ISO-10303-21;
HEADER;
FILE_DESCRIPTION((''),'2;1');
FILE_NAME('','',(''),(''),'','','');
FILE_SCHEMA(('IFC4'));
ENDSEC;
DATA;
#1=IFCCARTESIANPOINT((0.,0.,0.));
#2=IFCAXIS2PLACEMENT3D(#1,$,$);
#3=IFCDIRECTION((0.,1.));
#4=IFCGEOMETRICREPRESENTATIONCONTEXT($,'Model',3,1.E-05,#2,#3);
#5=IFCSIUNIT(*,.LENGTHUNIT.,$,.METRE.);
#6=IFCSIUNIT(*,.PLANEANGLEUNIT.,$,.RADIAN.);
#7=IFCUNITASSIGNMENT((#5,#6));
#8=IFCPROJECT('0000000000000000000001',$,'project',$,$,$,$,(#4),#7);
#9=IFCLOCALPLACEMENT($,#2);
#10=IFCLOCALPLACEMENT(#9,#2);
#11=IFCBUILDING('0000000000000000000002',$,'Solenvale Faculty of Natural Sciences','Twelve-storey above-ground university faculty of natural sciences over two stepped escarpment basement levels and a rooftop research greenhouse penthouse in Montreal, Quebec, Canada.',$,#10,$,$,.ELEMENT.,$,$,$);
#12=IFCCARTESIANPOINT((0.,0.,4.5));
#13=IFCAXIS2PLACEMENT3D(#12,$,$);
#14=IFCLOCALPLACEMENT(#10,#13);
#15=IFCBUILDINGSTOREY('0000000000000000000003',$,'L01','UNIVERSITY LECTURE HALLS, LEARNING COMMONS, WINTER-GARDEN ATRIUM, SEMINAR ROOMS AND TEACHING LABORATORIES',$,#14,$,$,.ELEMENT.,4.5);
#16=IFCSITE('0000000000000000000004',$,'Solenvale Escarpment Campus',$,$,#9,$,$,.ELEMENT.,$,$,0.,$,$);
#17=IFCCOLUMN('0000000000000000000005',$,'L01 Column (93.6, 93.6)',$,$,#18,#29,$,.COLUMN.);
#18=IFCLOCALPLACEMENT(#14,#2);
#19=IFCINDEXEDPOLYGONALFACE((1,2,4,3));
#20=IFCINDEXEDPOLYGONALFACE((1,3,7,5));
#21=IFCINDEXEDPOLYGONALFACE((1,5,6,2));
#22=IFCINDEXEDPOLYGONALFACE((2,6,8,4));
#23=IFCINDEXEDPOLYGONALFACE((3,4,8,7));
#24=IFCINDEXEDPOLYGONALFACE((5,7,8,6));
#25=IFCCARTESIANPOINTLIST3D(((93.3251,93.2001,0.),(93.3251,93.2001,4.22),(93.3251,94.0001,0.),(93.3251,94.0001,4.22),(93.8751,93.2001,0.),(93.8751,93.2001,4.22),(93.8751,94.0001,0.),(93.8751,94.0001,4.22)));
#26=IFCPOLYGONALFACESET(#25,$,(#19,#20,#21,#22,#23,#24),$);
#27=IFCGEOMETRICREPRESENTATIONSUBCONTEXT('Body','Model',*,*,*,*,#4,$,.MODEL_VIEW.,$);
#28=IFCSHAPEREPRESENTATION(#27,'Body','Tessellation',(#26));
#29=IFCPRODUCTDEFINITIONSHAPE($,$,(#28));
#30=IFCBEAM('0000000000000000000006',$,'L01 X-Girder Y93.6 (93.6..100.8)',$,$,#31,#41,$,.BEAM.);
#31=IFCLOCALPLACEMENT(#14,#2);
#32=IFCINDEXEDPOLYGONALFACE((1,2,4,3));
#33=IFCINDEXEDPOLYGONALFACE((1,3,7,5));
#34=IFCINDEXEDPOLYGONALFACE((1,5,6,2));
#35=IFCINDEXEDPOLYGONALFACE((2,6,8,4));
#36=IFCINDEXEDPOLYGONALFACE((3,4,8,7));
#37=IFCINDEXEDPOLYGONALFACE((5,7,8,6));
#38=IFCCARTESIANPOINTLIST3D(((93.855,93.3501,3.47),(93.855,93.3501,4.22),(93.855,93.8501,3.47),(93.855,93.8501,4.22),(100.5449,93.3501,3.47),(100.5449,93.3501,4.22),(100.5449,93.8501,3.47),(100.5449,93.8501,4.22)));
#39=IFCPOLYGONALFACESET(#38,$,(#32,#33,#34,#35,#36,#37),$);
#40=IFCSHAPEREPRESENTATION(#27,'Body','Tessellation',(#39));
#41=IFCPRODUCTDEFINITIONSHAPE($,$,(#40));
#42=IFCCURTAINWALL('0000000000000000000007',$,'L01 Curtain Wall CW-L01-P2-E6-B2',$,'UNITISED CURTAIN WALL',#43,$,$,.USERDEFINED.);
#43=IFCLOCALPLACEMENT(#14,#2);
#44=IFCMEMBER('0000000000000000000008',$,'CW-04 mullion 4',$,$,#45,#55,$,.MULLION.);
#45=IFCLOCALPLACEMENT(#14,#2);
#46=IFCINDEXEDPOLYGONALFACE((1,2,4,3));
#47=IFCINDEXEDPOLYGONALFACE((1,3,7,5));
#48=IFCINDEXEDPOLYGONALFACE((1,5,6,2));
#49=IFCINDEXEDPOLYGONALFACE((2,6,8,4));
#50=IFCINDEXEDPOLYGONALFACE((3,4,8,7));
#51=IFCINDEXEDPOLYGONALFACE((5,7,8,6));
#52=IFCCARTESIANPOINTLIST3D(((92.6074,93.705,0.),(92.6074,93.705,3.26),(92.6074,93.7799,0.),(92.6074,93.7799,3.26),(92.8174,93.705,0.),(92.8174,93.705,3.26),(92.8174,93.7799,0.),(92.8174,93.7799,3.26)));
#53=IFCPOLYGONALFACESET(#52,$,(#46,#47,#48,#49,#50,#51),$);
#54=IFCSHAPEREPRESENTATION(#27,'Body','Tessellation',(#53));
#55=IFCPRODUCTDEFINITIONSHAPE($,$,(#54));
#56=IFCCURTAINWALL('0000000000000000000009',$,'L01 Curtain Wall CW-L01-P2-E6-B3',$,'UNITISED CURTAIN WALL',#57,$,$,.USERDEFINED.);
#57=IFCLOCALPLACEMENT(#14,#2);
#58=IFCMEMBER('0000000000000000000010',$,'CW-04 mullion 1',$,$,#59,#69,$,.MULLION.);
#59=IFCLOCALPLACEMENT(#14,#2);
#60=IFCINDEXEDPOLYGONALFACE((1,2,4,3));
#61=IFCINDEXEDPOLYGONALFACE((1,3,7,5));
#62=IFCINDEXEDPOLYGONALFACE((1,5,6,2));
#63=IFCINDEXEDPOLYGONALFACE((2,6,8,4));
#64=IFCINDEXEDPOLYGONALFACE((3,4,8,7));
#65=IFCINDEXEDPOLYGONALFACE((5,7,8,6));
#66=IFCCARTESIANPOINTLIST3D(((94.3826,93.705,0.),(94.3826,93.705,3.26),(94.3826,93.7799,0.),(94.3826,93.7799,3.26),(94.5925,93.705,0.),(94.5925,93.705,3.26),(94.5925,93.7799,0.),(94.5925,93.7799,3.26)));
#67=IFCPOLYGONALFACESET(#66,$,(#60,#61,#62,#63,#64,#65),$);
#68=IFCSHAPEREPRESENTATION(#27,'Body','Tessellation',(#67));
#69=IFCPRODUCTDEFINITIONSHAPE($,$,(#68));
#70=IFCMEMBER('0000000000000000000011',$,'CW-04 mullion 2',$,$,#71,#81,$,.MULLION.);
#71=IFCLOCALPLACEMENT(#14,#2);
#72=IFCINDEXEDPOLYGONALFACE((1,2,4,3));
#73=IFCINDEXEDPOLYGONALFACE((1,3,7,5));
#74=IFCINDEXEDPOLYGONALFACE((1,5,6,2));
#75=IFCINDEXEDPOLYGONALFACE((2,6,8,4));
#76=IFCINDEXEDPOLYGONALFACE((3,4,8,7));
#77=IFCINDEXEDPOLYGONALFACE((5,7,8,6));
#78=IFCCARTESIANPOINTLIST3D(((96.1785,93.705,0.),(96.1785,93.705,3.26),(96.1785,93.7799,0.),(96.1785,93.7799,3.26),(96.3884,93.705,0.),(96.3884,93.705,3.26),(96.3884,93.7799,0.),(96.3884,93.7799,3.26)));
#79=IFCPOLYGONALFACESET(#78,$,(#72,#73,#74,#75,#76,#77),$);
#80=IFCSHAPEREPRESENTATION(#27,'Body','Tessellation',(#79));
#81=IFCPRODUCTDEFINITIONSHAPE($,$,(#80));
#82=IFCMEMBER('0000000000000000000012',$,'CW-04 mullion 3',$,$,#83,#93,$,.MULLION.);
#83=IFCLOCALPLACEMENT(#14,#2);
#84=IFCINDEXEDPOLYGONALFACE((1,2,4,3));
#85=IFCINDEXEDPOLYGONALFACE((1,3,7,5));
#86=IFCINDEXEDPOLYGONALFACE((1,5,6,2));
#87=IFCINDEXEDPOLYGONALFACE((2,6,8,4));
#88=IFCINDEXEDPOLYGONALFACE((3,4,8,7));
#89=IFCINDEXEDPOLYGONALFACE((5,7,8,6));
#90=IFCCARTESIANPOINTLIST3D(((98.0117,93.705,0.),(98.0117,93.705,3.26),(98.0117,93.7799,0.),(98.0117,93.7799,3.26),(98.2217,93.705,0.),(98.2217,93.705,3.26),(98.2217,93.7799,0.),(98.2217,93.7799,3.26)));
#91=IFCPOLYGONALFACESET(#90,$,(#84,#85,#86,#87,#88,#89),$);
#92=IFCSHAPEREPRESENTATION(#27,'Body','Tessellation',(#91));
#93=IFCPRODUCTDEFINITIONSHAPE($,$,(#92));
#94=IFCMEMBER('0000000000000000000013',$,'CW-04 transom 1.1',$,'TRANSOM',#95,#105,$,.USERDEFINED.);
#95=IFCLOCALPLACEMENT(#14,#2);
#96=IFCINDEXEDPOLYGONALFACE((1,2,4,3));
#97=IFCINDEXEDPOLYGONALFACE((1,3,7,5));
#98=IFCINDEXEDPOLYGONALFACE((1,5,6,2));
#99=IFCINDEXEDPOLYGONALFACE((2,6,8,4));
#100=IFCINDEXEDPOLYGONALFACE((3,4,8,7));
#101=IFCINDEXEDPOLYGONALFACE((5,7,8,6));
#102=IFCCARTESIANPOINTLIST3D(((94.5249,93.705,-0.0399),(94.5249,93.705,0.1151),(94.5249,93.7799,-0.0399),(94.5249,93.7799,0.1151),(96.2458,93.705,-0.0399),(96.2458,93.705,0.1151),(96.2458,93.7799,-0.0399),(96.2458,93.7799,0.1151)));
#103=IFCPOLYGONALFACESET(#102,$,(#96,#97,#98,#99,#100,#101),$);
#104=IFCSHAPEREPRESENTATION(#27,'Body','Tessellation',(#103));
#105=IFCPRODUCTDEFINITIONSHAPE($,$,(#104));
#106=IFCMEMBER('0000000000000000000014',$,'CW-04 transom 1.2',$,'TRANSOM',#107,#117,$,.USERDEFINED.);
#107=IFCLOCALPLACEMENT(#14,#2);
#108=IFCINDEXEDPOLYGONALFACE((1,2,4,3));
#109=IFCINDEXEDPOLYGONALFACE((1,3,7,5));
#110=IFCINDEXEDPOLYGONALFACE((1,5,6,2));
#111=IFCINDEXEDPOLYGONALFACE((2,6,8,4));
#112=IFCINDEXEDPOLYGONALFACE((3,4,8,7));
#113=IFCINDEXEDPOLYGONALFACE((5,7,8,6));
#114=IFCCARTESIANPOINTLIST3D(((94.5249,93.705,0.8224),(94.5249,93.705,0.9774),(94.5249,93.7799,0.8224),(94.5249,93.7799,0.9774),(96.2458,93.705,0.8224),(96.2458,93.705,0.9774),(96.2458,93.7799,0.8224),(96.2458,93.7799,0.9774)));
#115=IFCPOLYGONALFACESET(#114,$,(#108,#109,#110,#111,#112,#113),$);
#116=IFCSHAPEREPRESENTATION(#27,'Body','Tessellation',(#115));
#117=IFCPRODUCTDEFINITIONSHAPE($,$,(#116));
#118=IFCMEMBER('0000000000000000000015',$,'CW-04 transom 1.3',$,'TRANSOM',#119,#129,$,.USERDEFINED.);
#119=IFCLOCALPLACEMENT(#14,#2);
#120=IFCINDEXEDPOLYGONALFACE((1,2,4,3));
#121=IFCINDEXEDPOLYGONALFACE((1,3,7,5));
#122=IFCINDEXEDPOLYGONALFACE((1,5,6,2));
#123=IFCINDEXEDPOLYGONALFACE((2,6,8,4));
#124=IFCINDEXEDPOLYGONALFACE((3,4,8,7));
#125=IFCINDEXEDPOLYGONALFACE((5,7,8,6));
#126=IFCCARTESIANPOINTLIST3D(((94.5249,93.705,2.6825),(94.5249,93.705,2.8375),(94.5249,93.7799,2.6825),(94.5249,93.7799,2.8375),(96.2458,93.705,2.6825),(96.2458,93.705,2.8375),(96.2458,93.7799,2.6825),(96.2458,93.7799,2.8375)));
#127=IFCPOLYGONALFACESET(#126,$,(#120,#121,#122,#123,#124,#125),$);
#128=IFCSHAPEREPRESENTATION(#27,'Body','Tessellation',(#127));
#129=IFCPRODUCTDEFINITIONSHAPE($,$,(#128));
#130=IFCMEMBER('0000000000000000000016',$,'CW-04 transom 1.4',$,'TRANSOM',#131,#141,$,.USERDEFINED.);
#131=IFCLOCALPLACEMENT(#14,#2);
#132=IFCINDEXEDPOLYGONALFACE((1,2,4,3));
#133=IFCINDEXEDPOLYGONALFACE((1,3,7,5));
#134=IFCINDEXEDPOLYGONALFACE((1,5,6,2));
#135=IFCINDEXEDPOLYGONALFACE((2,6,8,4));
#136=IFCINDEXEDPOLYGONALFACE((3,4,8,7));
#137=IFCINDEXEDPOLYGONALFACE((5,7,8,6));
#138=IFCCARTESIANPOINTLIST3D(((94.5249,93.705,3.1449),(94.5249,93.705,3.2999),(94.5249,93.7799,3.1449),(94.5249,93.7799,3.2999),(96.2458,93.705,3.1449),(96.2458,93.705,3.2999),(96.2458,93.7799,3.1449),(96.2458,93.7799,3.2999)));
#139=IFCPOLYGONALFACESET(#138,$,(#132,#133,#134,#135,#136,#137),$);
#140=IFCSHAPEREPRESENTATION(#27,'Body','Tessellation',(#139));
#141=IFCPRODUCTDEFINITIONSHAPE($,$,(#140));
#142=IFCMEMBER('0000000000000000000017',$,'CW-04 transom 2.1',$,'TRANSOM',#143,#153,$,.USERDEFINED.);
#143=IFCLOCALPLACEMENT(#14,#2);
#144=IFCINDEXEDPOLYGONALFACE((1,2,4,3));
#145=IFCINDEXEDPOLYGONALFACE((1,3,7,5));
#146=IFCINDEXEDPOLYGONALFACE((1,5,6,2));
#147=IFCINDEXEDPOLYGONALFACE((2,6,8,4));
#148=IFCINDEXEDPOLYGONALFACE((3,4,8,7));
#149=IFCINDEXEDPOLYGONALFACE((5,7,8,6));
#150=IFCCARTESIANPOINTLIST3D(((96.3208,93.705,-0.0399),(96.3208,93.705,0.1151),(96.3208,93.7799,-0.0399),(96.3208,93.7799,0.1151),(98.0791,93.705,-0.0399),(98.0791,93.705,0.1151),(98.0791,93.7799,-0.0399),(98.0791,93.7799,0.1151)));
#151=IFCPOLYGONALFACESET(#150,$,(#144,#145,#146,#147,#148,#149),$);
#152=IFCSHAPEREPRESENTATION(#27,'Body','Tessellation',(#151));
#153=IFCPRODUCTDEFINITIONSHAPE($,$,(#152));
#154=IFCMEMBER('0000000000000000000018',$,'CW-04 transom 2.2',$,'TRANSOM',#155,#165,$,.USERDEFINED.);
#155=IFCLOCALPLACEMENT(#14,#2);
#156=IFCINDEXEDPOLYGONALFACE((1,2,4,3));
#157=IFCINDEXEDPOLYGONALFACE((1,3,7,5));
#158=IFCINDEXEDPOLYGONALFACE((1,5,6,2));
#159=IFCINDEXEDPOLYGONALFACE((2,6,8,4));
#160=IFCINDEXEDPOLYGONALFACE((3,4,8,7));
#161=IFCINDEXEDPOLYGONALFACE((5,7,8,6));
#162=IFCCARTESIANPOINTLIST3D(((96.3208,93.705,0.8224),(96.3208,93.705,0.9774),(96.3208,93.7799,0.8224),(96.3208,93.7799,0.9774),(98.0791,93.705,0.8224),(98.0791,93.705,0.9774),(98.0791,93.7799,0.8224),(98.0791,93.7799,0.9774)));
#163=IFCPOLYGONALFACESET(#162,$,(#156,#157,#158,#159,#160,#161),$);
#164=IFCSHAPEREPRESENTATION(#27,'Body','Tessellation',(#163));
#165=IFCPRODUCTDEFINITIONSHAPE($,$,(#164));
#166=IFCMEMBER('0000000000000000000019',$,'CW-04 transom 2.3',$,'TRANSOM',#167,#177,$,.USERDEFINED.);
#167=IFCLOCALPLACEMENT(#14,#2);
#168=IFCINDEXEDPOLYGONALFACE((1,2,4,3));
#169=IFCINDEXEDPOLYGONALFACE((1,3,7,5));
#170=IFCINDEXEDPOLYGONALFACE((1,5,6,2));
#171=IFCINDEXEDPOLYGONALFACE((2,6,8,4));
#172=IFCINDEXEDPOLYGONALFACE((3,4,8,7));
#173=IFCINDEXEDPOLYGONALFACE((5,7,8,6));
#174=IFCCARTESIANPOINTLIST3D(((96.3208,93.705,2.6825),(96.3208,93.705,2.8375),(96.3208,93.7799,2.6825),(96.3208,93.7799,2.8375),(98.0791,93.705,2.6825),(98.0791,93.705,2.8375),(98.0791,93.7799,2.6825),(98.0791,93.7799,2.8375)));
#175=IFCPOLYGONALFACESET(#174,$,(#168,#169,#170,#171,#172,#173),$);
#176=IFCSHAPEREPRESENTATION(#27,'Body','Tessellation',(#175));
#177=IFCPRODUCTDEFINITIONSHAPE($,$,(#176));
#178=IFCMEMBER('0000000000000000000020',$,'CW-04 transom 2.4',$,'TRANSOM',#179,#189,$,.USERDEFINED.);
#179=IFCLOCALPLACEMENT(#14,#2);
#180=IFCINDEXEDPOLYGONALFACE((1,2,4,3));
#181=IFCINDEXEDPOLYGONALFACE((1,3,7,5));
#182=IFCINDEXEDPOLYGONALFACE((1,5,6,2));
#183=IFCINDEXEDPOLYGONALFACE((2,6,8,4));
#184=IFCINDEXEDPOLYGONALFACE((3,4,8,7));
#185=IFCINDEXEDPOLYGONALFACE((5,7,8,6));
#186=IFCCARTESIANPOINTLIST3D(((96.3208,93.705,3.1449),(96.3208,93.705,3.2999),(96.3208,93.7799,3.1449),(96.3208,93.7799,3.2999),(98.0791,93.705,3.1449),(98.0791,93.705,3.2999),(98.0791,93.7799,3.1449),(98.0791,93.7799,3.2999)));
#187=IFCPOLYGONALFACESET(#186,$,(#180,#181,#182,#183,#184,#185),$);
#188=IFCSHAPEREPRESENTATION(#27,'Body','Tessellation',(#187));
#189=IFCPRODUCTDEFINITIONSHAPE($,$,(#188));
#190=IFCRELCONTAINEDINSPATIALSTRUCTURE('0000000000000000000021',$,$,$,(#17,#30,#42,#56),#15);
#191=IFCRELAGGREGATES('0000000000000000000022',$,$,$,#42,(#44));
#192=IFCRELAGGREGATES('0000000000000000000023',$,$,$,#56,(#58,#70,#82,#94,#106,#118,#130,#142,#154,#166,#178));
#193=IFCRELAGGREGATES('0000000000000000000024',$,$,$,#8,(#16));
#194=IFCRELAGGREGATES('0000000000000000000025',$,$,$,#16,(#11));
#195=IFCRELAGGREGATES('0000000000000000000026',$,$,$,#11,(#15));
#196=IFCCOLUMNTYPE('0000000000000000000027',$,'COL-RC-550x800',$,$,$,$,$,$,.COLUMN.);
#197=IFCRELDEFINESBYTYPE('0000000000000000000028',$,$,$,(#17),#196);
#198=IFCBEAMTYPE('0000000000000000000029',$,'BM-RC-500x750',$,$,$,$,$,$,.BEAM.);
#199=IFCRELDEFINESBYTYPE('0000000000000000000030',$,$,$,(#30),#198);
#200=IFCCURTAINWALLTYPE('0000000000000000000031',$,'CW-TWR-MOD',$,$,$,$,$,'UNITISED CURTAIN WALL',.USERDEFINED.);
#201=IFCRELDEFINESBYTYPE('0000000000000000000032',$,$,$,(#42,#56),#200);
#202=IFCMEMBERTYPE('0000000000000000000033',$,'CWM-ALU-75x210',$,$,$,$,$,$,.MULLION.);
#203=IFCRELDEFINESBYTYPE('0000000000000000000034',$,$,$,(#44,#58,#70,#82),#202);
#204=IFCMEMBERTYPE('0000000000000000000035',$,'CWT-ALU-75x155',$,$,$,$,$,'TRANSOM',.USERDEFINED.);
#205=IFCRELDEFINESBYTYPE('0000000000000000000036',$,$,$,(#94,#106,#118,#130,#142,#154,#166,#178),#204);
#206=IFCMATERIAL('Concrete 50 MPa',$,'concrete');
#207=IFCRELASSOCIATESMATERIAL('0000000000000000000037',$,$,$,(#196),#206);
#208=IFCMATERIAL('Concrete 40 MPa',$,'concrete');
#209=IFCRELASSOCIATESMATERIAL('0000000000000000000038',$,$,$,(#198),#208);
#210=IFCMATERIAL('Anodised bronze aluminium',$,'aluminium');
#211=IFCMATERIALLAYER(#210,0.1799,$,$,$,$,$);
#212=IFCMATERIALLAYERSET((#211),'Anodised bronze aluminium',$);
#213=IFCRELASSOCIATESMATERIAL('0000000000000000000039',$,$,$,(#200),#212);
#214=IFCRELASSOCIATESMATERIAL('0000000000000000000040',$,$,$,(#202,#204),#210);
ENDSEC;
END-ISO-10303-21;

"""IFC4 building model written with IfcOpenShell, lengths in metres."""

from ifc_helpers import new_model, si_unit, direction, frame, origin, origin_2d, place, context, subcontext, project, spatial, rectangle, extrude, material, layer, layer_set, material_profile, profile_set, type_object, element, aggregate, save


model = new_model("IFC4")

# Units and contexts
model_context = context("Model", 3, precision=1e-05, world=origin(), true_north=direction((0.0, 1.0)))
body_context = subcontext(model_context, "Body", "Model", "MODEL_VIEW")
ifc_project = project(units=[si_unit("LENGTHUNIT", "METRE"), si_unit("PLANEANGLEUNIT", "RADIAN")], contexts=[model_context])

# Site, building, storey
site_placement = place(None, origin())
site = spatial("IfcSite", under=ifc_project, at=site_placement, Name="Solenvale Escarpment Campus", CompositionType="ELEMENT", RefElevation=0.0)
building_placement = place(site_placement, origin())
building = spatial("IfcBuilding", under=site, at=building_placement, Name="Solenvale Faculty of Natural Sciences", Description="Twelve-storey above-ground university faculty of natural sciences over two stepped escarpment basement levels and a rooftop research greenhouse penthouse in Montreal, Quebec, Canada.", CompositionType="ELEMENT")
storey_placement = place(building_placement, frame((0.0, 0.0, 4.5)))
storey = spatial("IfcBuildingStorey", under=building, at=storey_placement, Name="L01", Description="UNIVERSITY LECTURE HALLS, LEARNING COMMONS, WINTER-GARDEN ATRIUM, SEMINAR ROOMS AND TEACHING LABORATORIES", CompositionType="ELEMENT", Elevation=4.5)

# Column
ifc_material_1 = material(Name="Concrete 50 MPa", Category="concrete")
ifc_material_profile_1 = material_profile(ifc_material_1, rectangle(XDim=0.55, YDim=0.8, at=origin_2d()), Name="RC-COL-550x800")
ifc_profile_set_1 = profile_set([ifc_material_profile_1], Name="Concrete 50 MPa")
column_type = type_object("IfcColumnType", Name="COL-RC-550x800", PredefinedType="COLUMN", material=ifc_profile_set_1)
column_placement = place(storey_placement, frame((93.6001, 93.6001, 0.0), z_axis=(0.0, 0.0, 1.0), x_axis=(1.0, 0.0, 0.0)))
element("IfcColumn", 1, at=column_placement, inside=storey, type_object=column_type, Name="L01 Column (93.6, 93.6)", PredefinedType="COLUMN", context=body_context, shape_type="SweptSolid", body=[
    extrude(rectangle(XDim=0.55, YDim=0.8, at=origin_2d()), origin(), (0.0, 0.0, 1.0), 4.22),
])

# Beam
ifc_material_2 = material(Name="Concrete 40 MPa", Category="concrete")
ifc_material_profile_2 = material_profile(ifc_material_2, rectangle(XDim=0.5, YDim=0.75, at=origin_2d()), Name="RC-BM-500x750")
ifc_profile_set_2 = profile_set([ifc_material_profile_2], Name="Concrete 40 MPa")
beam_type = type_object("IfcBeamType", Name="BM-RC-500x750", PredefinedType="BEAM", material=ifc_profile_set_2)
beam_placement = place(storey_placement, frame((93.855, 93.6001, 3.845), z_axis=(1.0, 0.0, 0.0), x_axis=(0.0, 1.0, 0.0)))
element("IfcBeam", 2, at=beam_placement, inside=storey, type_object=beam_type, Name="L01 X-Girder Y93.6 (93.6..100.8)", PredefinedType="BEAM", context=body_context, shape_type="SweptSolid", body=[
    extrude(rectangle(XDim=0.5, YDim=0.75, at=origin_2d()), origin(), (0.0, 0.0, 1.0), 6.6899),
])

# Curtain wall, member
ifc_material_3 = material(Name="Anodised bronze aluminium", Category="aluminium")
ifc_layer_1 = layer(ifc_material_3, 0.1799)
ifc_layer_set_1 = layer_set([ifc_layer_1], Name="Anodised bronze aluminium")
curtain_wall_type = type_object("IfcCurtainWallType", Name="CW-TWR-MOD", ElementType="UNITISED CURTAIN WALL", PredefinedType="USERDEFINED", material=ifc_layer_set_1)
curtain_wall_1_placement = place(storey_placement, origin())
curtain_wall_1 = element("IfcCurtainWall", 3, at=curtain_wall_1_placement, inside=storey, type_object=curtain_wall_type, Name="L01 Curtain Wall CW-L01-P2-E6-B2", ObjectType="UNITISED CURTAIN WALL", PredefinedType="USERDEFINED")
ifc_material_profile_3 = material_profile(ifc_material_3, rectangle(XDim=0.075, YDim=0.21, at=origin_2d()), Name="ALU-MUL-75x210")
ifc_profile_set_3 = profile_set([ifc_material_profile_3], Name="Anodised bronze aluminium")
member_type_1 = type_object("IfcMemberType", Name="CWM-ALU-75x210", PredefinedType="MULLION", material=ifc_profile_set_3)
member_1_placement = place(storey_placement, frame((92.7124, 93.7424, 0.0), z_axis=(0.0, 0.0, 1.0), x_axis=(0.0, 1.0, 0.0)))
member_1 = element("IfcMember", 4, at=member_1_placement, type_object=member_type_1, Name="CW-04 mullion 4", PredefinedType="MULLION", context=body_context, shape_type="SweptSolid", body=[
    extrude(rectangle(XDim=0.075, YDim=0.21, at=origin_2d()), origin(), (0.0, 0.0, 1.0), 3.26),
])
aggregate(curtain_wall_1, [member_1])

# Curtain wall, members
curtain_wall_2_placement = place(storey_placement, origin())
curtain_wall_2 = element("IfcCurtainWall", 5, at=curtain_wall_2_placement, inside=storey, type_object=curtain_wall_type, Name="L01 Curtain Wall CW-L01-P2-E6-B3", ObjectType="UNITISED CURTAIN WALL", PredefinedType="USERDEFINED")
member_2_placement = place(storey_placement, frame((94.4875, 93.7424, 0.0), z_axis=(0.0, 0.0, 1.0), x_axis=(0.0, 1.0, 0.0)))
member_2 = element("IfcMember", 6, at=member_2_placement, type_object=member_type_1, Name="CW-04 mullion 1", PredefinedType="MULLION", context=body_context, shape_type="SweptSolid", body=[
    extrude(rectangle(XDim=0.075, YDim=0.21, at=origin_2d()), origin(), (0.0, 0.0, 1.0), 3.26),
])
member_3_placement = place(storey_placement, frame((96.2834, 93.7424, 0.0), z_axis=(0.0, 0.0, 1.0), x_axis=(0.0, 1.0, 0.0)))
member_3 = element("IfcMember", 7, at=member_3_placement, type_object=member_type_1, Name="CW-04 mullion 2", PredefinedType="MULLION", context=body_context, shape_type="SweptSolid", body=[
    extrude(rectangle(XDim=0.075, YDim=0.21, at=origin_2d()), origin(), (0.0, 0.0, 1.0), 3.26),
])
member_4_placement = place(storey_placement, frame((98.1167, 93.7424, 0.0), z_axis=(0.0, 0.0, 1.0), x_axis=(0.0, 1.0, 0.0)))
member_4 = element("IfcMember", 8, at=member_4_placement, type_object=member_type_1, Name="CW-04 mullion 3", PredefinedType="MULLION", context=body_context, shape_type="SweptSolid", body=[
    extrude(rectangle(XDim=0.075, YDim=0.21, at=origin_2d()), origin(), (0.0, 0.0, 1.0), 3.26),
])
ifc_material_profile_4 = material_profile(ifc_material_3, rectangle(XDim=0.075, YDim=0.155, at=origin_2d()), Name="ALU-TRN-75x155")
ifc_profile_set_4 = profile_set([ifc_material_profile_4], Name="Anodised bronze aluminium")
member_type_2 = type_object("IfcMemberType", Name="CWT-ALU-75x155", ElementType="TRANSOM", PredefinedType="USERDEFINED", material=ifc_profile_set_4)
member_5_placement = place(storey_placement, frame((94.5249, 93.7424, 0.0376), z_axis=(1.0, 0.0, 0.0), x_axis=(0.0, 1.0, 0.0)))
member_5 = element("IfcMember", 9, at=member_5_placement, type_object=member_type_2, Name="CW-04 transom 1.1", ObjectType="TRANSOM", PredefinedType="USERDEFINED", context=body_context, shape_type="SweptSolid", body=[
    extrude(rectangle(XDim=0.075, YDim=0.155, at=origin_2d()), origin(), (0.0, 0.0, 1.0), 1.7209),
])
member_6_placement = place(storey_placement, frame((94.5249, 93.7424, 0.8999), z_axis=(1.0, 0.0, 0.0), x_axis=(0.0, 1.0, 0.0)))
member_6 = element("IfcMember", 10, at=member_6_placement, type_object=member_type_2, Name="CW-04 transom 1.2", ObjectType="TRANSOM", PredefinedType="USERDEFINED", context=body_context, shape_type="SweptSolid", body=[
    extrude(rectangle(XDim=0.075, YDim=0.155, at=origin_2d()), origin(), (0.0, 0.0, 1.0), 1.7209),
])
member_7_placement = place(storey_placement, frame((94.5249, 93.7424, 2.76), z_axis=(1.0, 0.0, 0.0), x_axis=(0.0, 1.0, 0.0)))
member_7 = element("IfcMember", 11, at=member_7_placement, type_object=member_type_2, Name="CW-04 transom 1.3", ObjectType="TRANSOM", PredefinedType="USERDEFINED", context=body_context, shape_type="SweptSolid", body=[
    extrude(rectangle(XDim=0.075, YDim=0.155, at=origin_2d()), origin(), (0.0, 0.0, 1.0), 1.7209),
])
member_8_placement = place(storey_placement, frame((94.5249, 93.7424, 3.2224), z_axis=(1.0, 0.0, 0.0), x_axis=(0.0, 1.0, 0.0)))
member_8 = element("IfcMember", 12, at=member_8_placement, type_object=member_type_2, Name="CW-04 transom 1.4", ObjectType="TRANSOM", PredefinedType="USERDEFINED", context=body_context, shape_type="SweptSolid", body=[
    extrude(rectangle(XDim=0.075, YDim=0.155, at=origin_2d()), origin(), (0.0, 0.0, 1.0), 1.7209),
])
member_9_placement = place(storey_placement, frame((96.3208, 93.7424, 0.0376), z_axis=(1.0, 0.0, 0.0), x_axis=(0.0, 1.0, 0.0)))
member_9 = element("IfcMember", 13, at=member_9_placement, type_object=member_type_2, Name="CW-04 transom 2.1", ObjectType="TRANSOM", PredefinedType="USERDEFINED", context=body_context, shape_type="SweptSolid", body=[
    extrude(rectangle(XDim=0.075, YDim=0.155, at=origin_2d()), origin(), (0.0, 0.0, 1.0), 1.7583),
])
member_10_placement = place(storey_placement, frame((96.3208, 93.7424, 0.8999), z_axis=(1.0, 0.0, 0.0), x_axis=(0.0, 1.0, 0.0)))
member_10 = element("IfcMember", 14, at=member_10_placement, type_object=member_type_2, Name="CW-04 transom 2.2", ObjectType="TRANSOM", PredefinedType="USERDEFINED", context=body_context, shape_type="SweptSolid", body=[
    extrude(rectangle(XDim=0.075, YDim=0.155, at=origin_2d()), origin(), (0.0, 0.0, 1.0), 1.7583),
])
member_11_placement = place(storey_placement, frame((96.3208, 93.7424, 2.76), z_axis=(1.0, 0.0, 0.0), x_axis=(0.0, 1.0, 0.0)))
member_11 = element("IfcMember", 15, at=member_11_placement, type_object=member_type_2, Name="CW-04 transom 2.3", ObjectType="TRANSOM", PredefinedType="USERDEFINED", context=body_context, shape_type="SweptSolid", body=[
    extrude(rectangle(XDim=0.075, YDim=0.155, at=origin_2d()), origin(), (0.0, 0.0, 1.0), 1.7583),
])
member_12_placement = place(storey_placement, frame((96.3208, 93.7424, 3.2224), z_axis=(1.0, 0.0, 0.0), x_axis=(0.0, 1.0, 0.0)))
member_12 = element("IfcMember", 16, at=member_12_placement, type_object=member_type_2, Name="CW-04 transom 2.4", ObjectType="TRANSOM", PredefinedType="USERDEFINED", context=body_context, shape_type="SweptSolid", body=[
    extrude(rectangle(XDim=0.075, YDim=0.155, at=origin_2d()), origin(), (0.0, 0.0, 1.0), 1.7583),
])
aggregate(curtain_wall_2, [member_2, member_3, member_4, member_5, member_6, member_7, member_8, member_9, member_10, member_11, member_12])

save(model, "model.ifc")
